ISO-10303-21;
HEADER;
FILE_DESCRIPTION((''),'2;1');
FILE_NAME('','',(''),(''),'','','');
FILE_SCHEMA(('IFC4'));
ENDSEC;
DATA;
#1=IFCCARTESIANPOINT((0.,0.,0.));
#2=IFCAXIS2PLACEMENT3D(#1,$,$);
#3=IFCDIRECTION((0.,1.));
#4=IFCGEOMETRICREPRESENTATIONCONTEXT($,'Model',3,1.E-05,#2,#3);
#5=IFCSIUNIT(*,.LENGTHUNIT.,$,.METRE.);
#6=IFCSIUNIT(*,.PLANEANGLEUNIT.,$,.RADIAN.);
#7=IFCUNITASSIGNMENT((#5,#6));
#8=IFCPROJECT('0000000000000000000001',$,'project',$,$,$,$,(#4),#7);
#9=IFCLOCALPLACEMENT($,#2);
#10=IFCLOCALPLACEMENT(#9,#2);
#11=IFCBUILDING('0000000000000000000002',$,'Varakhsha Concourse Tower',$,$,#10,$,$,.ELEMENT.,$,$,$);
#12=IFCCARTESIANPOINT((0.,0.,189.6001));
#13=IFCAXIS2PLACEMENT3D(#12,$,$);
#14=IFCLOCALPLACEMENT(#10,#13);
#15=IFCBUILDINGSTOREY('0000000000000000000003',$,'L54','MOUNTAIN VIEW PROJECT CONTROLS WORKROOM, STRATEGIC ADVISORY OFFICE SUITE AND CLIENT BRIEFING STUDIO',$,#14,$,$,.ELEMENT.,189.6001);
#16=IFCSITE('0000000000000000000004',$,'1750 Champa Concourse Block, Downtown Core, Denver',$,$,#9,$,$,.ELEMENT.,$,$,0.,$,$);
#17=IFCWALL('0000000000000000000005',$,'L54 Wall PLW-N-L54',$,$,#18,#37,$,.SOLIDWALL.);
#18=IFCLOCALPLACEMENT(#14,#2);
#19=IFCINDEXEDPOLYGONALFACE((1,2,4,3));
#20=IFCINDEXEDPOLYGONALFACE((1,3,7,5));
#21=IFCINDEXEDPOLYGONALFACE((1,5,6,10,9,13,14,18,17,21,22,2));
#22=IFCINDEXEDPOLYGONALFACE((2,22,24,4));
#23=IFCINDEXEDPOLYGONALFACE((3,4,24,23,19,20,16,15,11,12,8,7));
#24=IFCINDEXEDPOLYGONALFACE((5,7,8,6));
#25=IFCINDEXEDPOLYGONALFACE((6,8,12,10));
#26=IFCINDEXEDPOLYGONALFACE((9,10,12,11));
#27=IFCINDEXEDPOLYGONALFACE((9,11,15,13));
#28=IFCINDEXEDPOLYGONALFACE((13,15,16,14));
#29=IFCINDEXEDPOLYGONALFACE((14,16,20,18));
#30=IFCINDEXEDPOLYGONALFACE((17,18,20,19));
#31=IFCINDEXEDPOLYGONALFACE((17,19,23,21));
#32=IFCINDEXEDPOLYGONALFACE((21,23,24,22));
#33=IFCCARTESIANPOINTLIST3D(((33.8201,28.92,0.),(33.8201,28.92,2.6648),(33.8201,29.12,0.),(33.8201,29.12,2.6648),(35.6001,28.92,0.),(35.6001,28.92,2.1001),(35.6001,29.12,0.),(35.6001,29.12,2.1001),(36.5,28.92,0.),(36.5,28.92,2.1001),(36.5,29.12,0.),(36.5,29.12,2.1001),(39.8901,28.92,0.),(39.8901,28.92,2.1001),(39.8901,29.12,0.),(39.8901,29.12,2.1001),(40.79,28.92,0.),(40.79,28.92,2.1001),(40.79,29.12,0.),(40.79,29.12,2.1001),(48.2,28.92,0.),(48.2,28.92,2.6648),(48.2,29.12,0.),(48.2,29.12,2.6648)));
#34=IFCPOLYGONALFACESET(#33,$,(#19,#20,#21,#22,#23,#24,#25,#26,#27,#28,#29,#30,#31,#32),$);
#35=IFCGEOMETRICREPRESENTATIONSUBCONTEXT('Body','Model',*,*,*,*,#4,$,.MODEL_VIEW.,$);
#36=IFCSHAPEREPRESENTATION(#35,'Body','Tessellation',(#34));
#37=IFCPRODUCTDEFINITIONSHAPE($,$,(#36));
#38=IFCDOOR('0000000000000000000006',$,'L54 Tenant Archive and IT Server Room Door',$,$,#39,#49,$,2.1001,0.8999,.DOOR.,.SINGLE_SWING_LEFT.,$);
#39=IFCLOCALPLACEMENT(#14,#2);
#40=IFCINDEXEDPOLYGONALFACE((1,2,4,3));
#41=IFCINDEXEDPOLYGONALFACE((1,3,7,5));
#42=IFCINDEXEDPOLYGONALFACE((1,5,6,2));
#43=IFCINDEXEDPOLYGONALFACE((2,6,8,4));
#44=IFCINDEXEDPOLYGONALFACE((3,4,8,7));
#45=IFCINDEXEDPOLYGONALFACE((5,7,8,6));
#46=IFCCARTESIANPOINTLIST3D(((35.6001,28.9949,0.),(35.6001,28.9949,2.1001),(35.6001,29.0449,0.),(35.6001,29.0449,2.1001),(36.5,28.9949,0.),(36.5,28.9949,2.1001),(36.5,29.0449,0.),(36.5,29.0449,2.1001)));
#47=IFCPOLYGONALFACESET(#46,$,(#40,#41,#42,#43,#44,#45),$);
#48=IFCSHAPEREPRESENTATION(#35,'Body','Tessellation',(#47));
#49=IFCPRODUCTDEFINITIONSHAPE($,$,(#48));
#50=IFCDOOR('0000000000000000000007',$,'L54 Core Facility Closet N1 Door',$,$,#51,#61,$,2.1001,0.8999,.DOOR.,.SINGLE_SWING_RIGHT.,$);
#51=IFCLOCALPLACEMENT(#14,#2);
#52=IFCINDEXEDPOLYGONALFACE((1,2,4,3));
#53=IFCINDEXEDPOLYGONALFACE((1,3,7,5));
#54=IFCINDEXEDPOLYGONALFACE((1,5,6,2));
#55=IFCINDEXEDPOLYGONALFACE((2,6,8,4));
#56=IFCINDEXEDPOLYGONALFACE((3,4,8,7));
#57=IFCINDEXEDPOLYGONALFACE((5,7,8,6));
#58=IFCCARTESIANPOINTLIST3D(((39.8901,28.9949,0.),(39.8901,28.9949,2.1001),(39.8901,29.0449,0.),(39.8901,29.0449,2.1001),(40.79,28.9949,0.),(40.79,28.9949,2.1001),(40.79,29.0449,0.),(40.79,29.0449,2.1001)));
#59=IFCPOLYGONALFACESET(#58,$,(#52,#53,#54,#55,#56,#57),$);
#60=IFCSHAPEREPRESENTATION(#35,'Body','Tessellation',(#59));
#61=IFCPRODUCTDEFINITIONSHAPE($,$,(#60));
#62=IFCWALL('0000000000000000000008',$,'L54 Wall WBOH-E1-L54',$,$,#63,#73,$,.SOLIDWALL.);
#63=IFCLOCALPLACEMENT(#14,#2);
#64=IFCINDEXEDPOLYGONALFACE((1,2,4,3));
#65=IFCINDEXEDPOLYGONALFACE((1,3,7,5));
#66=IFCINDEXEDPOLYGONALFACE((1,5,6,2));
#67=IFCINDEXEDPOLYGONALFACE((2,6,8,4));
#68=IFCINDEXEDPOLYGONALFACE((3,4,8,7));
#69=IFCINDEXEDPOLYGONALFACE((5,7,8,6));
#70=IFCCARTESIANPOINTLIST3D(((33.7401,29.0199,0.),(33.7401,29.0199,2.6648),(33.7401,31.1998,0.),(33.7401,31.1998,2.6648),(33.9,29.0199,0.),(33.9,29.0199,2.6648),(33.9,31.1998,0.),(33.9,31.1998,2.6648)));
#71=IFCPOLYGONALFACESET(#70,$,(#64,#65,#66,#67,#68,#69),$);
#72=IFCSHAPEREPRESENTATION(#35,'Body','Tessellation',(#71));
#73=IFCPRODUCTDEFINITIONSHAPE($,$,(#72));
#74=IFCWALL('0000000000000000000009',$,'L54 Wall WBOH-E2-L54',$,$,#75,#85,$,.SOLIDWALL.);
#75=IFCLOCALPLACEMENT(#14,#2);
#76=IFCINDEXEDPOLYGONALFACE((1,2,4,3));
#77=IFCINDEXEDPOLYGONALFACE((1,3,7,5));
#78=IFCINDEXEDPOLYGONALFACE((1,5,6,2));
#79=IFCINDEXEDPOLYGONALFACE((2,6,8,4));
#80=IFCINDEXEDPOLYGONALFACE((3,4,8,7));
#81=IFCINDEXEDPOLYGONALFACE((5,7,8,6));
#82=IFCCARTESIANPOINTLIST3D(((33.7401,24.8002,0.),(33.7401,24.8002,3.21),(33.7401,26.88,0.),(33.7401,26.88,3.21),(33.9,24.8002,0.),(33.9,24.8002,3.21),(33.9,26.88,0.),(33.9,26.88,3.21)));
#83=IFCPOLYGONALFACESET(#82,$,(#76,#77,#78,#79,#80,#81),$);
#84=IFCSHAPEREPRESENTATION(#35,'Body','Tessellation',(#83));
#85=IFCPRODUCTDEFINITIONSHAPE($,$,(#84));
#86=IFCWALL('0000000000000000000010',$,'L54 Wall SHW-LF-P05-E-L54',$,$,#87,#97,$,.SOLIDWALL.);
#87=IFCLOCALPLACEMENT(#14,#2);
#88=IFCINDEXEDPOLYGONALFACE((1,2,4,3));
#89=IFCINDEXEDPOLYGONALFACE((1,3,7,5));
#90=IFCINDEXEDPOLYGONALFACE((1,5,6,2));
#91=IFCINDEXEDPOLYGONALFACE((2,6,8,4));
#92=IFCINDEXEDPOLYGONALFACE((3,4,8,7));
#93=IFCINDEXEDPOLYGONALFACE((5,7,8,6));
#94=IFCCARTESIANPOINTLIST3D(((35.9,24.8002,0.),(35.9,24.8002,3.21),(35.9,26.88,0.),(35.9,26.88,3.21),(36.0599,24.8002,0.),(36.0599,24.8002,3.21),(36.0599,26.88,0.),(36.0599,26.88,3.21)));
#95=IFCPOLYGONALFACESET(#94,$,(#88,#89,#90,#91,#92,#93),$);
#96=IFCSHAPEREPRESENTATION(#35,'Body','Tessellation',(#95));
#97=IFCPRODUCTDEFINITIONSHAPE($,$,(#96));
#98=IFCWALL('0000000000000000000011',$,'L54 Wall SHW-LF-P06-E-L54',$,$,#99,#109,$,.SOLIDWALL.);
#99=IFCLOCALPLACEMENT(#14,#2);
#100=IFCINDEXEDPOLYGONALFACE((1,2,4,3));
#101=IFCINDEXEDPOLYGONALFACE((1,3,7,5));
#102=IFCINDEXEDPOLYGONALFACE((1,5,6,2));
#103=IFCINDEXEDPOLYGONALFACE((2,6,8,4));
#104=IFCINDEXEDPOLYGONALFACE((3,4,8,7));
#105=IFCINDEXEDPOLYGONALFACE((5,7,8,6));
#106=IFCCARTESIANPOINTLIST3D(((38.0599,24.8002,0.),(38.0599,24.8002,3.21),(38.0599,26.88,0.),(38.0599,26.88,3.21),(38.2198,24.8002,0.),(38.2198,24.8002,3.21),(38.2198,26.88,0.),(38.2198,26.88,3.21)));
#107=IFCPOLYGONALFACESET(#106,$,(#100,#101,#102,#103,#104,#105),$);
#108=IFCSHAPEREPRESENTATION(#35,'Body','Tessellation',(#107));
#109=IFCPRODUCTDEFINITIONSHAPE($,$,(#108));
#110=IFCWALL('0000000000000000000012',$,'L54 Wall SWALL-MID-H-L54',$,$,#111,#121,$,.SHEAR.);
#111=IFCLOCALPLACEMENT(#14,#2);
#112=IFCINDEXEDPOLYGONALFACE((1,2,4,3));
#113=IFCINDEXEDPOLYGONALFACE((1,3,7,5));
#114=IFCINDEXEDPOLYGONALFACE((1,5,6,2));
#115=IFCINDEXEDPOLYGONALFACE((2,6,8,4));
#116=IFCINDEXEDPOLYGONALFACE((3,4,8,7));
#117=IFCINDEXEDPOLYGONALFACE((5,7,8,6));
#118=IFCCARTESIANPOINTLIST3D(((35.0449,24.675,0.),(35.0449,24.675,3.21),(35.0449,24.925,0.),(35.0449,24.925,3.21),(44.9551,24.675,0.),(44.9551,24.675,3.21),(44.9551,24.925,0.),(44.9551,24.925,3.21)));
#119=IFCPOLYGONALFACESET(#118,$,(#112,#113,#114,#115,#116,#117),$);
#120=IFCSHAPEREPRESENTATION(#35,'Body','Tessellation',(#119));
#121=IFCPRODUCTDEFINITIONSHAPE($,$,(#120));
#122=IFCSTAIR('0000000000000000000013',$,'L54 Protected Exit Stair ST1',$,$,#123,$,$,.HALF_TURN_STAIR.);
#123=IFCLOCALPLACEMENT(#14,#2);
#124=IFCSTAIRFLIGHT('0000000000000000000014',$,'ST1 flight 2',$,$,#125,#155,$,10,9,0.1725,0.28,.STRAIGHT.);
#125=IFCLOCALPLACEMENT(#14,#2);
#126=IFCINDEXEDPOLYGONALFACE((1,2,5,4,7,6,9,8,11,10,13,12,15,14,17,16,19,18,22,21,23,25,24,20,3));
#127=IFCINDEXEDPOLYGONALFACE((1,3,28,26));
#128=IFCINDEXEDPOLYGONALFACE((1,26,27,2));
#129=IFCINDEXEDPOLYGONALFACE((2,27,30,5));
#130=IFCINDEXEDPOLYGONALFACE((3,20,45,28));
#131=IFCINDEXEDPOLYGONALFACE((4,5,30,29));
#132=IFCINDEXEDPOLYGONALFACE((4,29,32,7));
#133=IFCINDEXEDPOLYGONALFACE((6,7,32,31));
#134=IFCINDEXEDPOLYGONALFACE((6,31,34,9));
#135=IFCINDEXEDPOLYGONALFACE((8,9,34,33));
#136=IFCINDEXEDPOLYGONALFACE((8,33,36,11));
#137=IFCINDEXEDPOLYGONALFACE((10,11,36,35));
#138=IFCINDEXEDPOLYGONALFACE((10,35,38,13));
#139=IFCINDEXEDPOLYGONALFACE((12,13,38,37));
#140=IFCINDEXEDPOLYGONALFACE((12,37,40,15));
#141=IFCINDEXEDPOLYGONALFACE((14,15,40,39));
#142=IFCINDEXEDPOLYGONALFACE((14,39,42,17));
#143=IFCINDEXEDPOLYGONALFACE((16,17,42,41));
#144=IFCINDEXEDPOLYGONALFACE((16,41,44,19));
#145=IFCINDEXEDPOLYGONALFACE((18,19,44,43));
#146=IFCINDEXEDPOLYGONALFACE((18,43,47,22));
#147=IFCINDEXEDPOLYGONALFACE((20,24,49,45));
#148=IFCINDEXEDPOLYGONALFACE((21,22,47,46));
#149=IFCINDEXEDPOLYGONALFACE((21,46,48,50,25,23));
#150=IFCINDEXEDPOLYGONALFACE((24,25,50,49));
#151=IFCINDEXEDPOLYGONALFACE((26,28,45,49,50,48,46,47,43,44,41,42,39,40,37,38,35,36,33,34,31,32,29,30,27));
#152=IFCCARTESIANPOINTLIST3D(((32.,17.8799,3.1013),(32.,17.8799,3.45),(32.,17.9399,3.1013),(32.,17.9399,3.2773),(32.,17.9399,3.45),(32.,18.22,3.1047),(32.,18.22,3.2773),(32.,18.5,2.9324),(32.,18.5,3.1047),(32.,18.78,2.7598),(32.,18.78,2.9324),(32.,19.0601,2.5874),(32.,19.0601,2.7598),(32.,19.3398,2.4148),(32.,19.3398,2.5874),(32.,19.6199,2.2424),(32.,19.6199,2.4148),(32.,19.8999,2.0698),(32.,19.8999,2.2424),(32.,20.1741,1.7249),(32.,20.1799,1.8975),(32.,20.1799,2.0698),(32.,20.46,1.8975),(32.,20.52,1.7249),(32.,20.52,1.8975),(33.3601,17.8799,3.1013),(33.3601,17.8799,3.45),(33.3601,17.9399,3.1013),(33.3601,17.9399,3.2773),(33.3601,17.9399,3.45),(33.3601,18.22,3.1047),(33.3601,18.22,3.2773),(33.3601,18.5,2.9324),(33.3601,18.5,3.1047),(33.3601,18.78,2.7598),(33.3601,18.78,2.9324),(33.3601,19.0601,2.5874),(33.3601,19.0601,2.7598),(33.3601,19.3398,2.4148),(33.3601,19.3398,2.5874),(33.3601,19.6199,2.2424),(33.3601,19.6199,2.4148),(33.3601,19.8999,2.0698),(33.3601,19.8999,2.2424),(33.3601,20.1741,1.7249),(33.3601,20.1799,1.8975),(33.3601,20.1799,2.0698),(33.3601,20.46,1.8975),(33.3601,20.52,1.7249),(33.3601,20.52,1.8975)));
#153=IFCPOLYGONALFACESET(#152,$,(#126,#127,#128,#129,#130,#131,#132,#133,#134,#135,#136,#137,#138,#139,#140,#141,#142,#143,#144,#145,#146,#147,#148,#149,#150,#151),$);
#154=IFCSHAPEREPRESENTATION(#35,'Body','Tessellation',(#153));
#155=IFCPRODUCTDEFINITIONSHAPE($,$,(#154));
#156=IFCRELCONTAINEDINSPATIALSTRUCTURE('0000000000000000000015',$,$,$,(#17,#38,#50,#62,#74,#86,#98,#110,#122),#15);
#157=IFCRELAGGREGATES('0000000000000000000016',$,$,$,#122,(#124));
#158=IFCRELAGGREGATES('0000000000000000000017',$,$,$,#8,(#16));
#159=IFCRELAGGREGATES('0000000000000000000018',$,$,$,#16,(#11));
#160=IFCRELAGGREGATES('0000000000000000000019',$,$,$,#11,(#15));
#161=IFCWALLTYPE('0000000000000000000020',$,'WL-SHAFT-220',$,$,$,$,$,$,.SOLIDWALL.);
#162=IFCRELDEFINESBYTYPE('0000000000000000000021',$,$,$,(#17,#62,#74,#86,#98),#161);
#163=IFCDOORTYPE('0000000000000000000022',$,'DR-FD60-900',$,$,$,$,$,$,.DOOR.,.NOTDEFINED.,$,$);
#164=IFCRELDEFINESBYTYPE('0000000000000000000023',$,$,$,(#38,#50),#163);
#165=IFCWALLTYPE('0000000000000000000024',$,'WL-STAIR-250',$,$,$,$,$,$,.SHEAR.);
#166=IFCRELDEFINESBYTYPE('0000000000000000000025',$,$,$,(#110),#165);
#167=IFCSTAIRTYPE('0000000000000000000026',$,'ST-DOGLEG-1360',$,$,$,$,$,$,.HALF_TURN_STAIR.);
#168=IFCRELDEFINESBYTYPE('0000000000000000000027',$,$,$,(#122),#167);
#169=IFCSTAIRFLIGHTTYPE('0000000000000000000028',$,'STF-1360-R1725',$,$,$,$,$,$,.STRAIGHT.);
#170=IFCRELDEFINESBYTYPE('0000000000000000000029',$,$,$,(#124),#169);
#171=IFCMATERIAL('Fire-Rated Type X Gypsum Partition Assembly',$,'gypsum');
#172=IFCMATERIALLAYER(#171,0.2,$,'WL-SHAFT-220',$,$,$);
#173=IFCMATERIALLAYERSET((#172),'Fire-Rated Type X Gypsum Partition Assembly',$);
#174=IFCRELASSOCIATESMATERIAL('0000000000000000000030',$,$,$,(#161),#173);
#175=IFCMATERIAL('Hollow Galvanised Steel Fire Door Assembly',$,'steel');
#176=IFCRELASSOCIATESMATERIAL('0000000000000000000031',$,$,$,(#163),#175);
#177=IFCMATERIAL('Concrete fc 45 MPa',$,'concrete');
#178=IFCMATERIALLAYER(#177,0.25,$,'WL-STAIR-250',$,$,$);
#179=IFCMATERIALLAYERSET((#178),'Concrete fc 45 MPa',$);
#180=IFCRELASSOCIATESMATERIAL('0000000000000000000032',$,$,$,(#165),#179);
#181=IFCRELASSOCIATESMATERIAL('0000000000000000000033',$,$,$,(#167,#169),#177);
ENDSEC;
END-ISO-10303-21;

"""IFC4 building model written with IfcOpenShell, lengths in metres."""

from ifc_helpers import new_model, si_unit, direction, frame, frame_2d, origin, place, context, subcontext, project, spatial, polyline, rectangle, outline, extrude, material, layer, layer_set, type_object, element, fill, aggregate, save


model = new_model("IFC4")

# Units and contexts
model_context = context("Model", 3, precision=1e-05, world=origin(), true_north=direction((0.0, 1.0)))
body_context = subcontext(model_context, "Body", "Model", "MODEL_VIEW")
ifc_project = project(units=[si_unit("LENGTHUNIT", "METRE"), si_unit("PLANEANGLEUNIT", "RADIAN")], contexts=[model_context])

# Site, building, storey
site_placement = place(None, origin())
site = spatial("IfcSite", under=ifc_project, at=site_placement, Name="1750 Champa Concourse Block, Downtown Core, Denver", CompositionType="ELEMENT", RefElevation=0.0)
building_placement = place(site_placement, origin())
building = spatial("IfcBuilding", under=site, at=building_placement, Name="Varakhsha Concourse Tower", CompositionType="ELEMENT")
storey_placement = place(building_placement, frame((0.0, 0.0, 189.6001)))
storey = spatial("IfcBuildingStorey", under=building, at=storey_placement, Name="L54", Description="MOUNTAIN VIEW PROJECT CONTROLS WORKROOM, STRATEGIC ADVISORY OFFICE SUITE AND CLIENT BRIEFING STUDIO", CompositionType="ELEMENT", Elevation=189.6001)

# Shared definitions
ifc_material_1 = material(Name="Fire-Rated Type X Gypsum Partition Assembly", Category="gypsum")

# Shared definitions
ifc_material_2 = material(Name="Hollow Galvanised Steel Fire Door Assembly", Category="steel")

# Shared definitions
ifc_layer_1 = layer(ifc_material_1, 0.2, Name="WL-SHAFT-220")
ifc_layer_set_1 = layer_set([ifc_layer_1], Name="Fire-Rated Type X Gypsum Partition Assembly")
wall_type_1 = type_object("IfcWallType", Name="WL-SHAFT-220", PredefinedType="SOLIDWALL", material=ifc_layer_set_1)

# Wall, openings, doors
wall_1_placement = place(storey_placement, frame((33.8201, 29.02, 0.0), z_axis=(0.0, 0.0, 1.0), x_axis=(1.0, 0.0, 0.0)))
wall_1 = element("IfcWall", 1, at=wall_1_placement, inside=storey, type_object=wall_type_1, Name="L54 Wall PLW-N-L54", PredefinedType="SOLIDWALL", context=body_context, shape_type="SweptSolid", body=[
    extrude(rectangle(XDim=14.3799, YDim=0.2, at=frame_2d((7.1899, 0.0))), origin(), (0.0, 0.0, 1.0), 2.6648),
])
opening_1_placement = place(wall_1_placement, frame((1.78, 0.0, 0.0)))
opening_1 = element("IfcOpeningElement", 2, at=opening_1_placement, cuts=wall_1, PredefinedType="OPENING", context=body_context, shape_type="SweptSolid", body=[
    extrude(rectangle(XDim=0.8999, YDim=2.1001, at=frame_2d((0.45, 1.05))), frame((0.0, 0.1099, 0.0), z_axis=(0.0, -1.0, 0.0), x_axis=(1.0, 0.0, 0.0)), (0.0, 0.0, 1.0), 0.22),
])
opening_2_placement = place(wall_1_placement, frame((6.0701, 0.0, 0.0)))
opening_2 = element("IfcOpeningElement", 3, at=opening_2_placement, cuts=wall_1, PredefinedType="OPENING", context=body_context, shape_type="SweptSolid", body=[
    extrude(rectangle(XDim=0.8999, YDim=2.1001, at=frame_2d((0.45, 1.05))), frame((0.0, 0.1099, 0.0), z_axis=(0.0, -1.0, 0.0), x_axis=(1.0, 0.0, 0.0)), (0.0, 0.0, 1.0), 0.22),
])
door_type_1 = type_object("IfcDoorType", Name="DR-FD60-900", OperationType="NOTDEFINED", PredefinedType="DOOR", material=ifc_material_2)
door_1_placement = place(opening_1_placement, origin())
door_1 = element("IfcDoor", 4, at=door_1_placement, inside=storey, type_object=door_type_1, Name="L54 Tenant Archive and IT Server Room Door", OperationType="SINGLE_SWING_LEFT", OverallHeight=2.1001, OverallWidth=0.8999, PredefinedType="DOOR", context=body_context, shape_type="SweptSolid", body=[
    extrude(rectangle(XDim=0.8999, YDim=2.1001, at=frame_2d((0.45, 1.05))), frame((0.0, 0.0249, 0.0), z_axis=(0.0, -1.0, 0.0), x_axis=(1.0, 0.0, 0.0)), (0.0, 0.0, 1.0), 0.05),
])
fill(opening_1, door_1)
door_2_placement = place(opening_2_placement, origin())
door_2 = element("IfcDoor", 5, at=door_2_placement, inside=storey, type_object=door_type_1, Name="L54 Core Facility Closet N1 Door", OperationType="SINGLE_SWING_RIGHT", OverallHeight=2.1001, OverallWidth=0.8999, PredefinedType="DOOR", context=body_context, shape_type="SweptSolid", body=[
    extrude(rectangle(XDim=0.8999, YDim=2.1001, at=frame_2d((0.45, 1.05))), frame((0.0, 0.0249, 0.0), z_axis=(0.0, -1.0, 0.0), x_axis=(1.0, 0.0, 0.0)), (0.0, 0.0, 1.0), 0.05),
])
fill(opening_2, door_2)

# Walls
wall_2_placement = place(storey_placement, frame((33.8201, 29.02, 0.0), z_axis=(0.0, 0.0, 1.0), x_axis=(0.0, 1.0, 0.0)))
element("IfcWall", 6, at=wall_2_placement, inside=storey, type_object=wall_type_1, Name="L54 Wall WBOH-E1-L54", PredefinedType="SOLIDWALL", context=body_context, shape_type="SweptSolid", body=[
    extrude(rectangle(XDim=2.1799, YDim=0.1599, at=frame_2d((1.0898, 0.0))), origin(), (0.0, 0.0, 1.0), 2.6648),
])
for number, where, z_axis, x_axis, name in (
    (7, (33.8201, 24.8, 0.0), (0.0, 0.0, 1.0), (0.0, 1.0, 0.0), "L54 Wall WBOH-E2-L54"),
    (8, (35.98, 24.8, 0.0), (0.0, 0.0, 1.0), (0.0, 1.0, 0.0), "L54 Wall SHW-LF-P05-E-L54"),
    (9, (38.1399, 24.8, 0.0), (0.0, 0.0, 1.0), (0.0, 1.0, 0.0), "L54 Wall SHW-LF-P06-E-L54"),
):
    element("IfcWall", number, at=place(storey_placement, frame(where, z_axis=z_axis, x_axis=x_axis)), inside=storey, type_object=wall_type_1, Name=name, PredefinedType="SOLIDWALL", context=body_context, shape_type="SweptSolid", body=[
        extrude(rectangle(XDim=2.0798, YDim=0.1599, at=frame_2d((1.04, 0.0))), origin(), (0.0, 0.0, 1.0), 3.21),
    ])
ifc_material_3 = material(Name="Concrete fc 45 MPa", Category="concrete")
ifc_layer_2 = layer(ifc_material_3, 0.25, Name="WL-STAIR-250")
ifc_layer_set_2 = layer_set([ifc_layer_2], Name="Concrete fc 45 MPa")
wall_type_2 = type_object("IfcWallType", Name="WL-STAIR-250", PredefinedType="SHEAR", material=ifc_layer_set_2)
wall_3_placement = place(storey_placement, frame((35.0449, 24.8, 0.0), z_axis=(0.0, 0.0, 1.0), x_axis=(1.0, 0.0, 0.0)))
element("IfcWall", 10, at=wall_3_placement, inside=storey, type_object=wall_type_2, Name="L54 Wall SWALL-MID-H-L54", PredefinedType="SHEAR", context=body_context, shape_type="SweptSolid", body=[
    extrude(rectangle(XDim=9.9102, YDim=0.25, at=frame_2d((4.9551, 0.0))), origin(), (0.0, 0.0, 1.0), 3.21),
])

# Stair, stair flight
stair_type = type_object("IfcStairType", Name="ST-DOGLEG-1360", PredefinedType="HALF_TURN_STAIR", material=ifc_material_3)
stair_placement = place(storey_placement, origin())
stair = element("IfcStair", 11, at=stair_placement, inside=storey, type_object=stair_type, Name="L54 Protected Exit Stair ST1", PredefinedType="HALF_TURN_STAIR")
stair_flight_type = type_object("IfcStairFlightType", Name="STF-1360-R1725", PredefinedType="STRAIGHT", material=ifc_material_3)
stair_flight_placement = place(storey_placement, frame((32.6799, 20.46, 1.7249), z_axis=(0.0, 0.0, 1.0), x_axis=(0.0, -1.0, 0.0)))
stair_flight = element("IfcStairFlight", 12, at=stair_flight_placement, type_object=stair_flight_type, Name="ST1 flight 2", NumberOfRisers=10, NumberOfTreads=9, PredefinedType="STRAIGHT", RiserHeight=0.1725, TreadLength=0.28, context=body_context, shape_type="SweptSolid", body=[
    extrude(outline(polyline([(-0.0601, 0.0), (-0.0601, 0.1726), (0.0, 0.1726), (0.28, 0.1726), (0.28, 0.345), (0.5601, 0.345), (0.5601, 0.5176), (0.8401, 0.5176), (0.8401, 0.6899), (1.1201, 0.6899), (1.1201, 0.8625), (1.3999, 0.8625), (1.3999, 1.0349), (1.6799, 1.0349), (1.6799, 1.2075), (1.96, 1.2075), (1.96, 1.3799), (2.24, 1.3799), (2.24, 1.5525), (2.52, 1.5525), (2.52, 1.7251), (2.5801, 1.7251), (2.5801, 1.3765), (2.52, 1.3765), (0.2859, 0.0), (-0.0601, 0.0)])), frame((0.0, 0.6802, 0.0), z_axis=(0.0, -1.0, 0.0), x_axis=(1.0, 0.0, 0.0)), (0.0, 0.0, 1.0), 1.3601),
])
aggregate(stair, [stair_flight])

save(model, "model.ifc")
